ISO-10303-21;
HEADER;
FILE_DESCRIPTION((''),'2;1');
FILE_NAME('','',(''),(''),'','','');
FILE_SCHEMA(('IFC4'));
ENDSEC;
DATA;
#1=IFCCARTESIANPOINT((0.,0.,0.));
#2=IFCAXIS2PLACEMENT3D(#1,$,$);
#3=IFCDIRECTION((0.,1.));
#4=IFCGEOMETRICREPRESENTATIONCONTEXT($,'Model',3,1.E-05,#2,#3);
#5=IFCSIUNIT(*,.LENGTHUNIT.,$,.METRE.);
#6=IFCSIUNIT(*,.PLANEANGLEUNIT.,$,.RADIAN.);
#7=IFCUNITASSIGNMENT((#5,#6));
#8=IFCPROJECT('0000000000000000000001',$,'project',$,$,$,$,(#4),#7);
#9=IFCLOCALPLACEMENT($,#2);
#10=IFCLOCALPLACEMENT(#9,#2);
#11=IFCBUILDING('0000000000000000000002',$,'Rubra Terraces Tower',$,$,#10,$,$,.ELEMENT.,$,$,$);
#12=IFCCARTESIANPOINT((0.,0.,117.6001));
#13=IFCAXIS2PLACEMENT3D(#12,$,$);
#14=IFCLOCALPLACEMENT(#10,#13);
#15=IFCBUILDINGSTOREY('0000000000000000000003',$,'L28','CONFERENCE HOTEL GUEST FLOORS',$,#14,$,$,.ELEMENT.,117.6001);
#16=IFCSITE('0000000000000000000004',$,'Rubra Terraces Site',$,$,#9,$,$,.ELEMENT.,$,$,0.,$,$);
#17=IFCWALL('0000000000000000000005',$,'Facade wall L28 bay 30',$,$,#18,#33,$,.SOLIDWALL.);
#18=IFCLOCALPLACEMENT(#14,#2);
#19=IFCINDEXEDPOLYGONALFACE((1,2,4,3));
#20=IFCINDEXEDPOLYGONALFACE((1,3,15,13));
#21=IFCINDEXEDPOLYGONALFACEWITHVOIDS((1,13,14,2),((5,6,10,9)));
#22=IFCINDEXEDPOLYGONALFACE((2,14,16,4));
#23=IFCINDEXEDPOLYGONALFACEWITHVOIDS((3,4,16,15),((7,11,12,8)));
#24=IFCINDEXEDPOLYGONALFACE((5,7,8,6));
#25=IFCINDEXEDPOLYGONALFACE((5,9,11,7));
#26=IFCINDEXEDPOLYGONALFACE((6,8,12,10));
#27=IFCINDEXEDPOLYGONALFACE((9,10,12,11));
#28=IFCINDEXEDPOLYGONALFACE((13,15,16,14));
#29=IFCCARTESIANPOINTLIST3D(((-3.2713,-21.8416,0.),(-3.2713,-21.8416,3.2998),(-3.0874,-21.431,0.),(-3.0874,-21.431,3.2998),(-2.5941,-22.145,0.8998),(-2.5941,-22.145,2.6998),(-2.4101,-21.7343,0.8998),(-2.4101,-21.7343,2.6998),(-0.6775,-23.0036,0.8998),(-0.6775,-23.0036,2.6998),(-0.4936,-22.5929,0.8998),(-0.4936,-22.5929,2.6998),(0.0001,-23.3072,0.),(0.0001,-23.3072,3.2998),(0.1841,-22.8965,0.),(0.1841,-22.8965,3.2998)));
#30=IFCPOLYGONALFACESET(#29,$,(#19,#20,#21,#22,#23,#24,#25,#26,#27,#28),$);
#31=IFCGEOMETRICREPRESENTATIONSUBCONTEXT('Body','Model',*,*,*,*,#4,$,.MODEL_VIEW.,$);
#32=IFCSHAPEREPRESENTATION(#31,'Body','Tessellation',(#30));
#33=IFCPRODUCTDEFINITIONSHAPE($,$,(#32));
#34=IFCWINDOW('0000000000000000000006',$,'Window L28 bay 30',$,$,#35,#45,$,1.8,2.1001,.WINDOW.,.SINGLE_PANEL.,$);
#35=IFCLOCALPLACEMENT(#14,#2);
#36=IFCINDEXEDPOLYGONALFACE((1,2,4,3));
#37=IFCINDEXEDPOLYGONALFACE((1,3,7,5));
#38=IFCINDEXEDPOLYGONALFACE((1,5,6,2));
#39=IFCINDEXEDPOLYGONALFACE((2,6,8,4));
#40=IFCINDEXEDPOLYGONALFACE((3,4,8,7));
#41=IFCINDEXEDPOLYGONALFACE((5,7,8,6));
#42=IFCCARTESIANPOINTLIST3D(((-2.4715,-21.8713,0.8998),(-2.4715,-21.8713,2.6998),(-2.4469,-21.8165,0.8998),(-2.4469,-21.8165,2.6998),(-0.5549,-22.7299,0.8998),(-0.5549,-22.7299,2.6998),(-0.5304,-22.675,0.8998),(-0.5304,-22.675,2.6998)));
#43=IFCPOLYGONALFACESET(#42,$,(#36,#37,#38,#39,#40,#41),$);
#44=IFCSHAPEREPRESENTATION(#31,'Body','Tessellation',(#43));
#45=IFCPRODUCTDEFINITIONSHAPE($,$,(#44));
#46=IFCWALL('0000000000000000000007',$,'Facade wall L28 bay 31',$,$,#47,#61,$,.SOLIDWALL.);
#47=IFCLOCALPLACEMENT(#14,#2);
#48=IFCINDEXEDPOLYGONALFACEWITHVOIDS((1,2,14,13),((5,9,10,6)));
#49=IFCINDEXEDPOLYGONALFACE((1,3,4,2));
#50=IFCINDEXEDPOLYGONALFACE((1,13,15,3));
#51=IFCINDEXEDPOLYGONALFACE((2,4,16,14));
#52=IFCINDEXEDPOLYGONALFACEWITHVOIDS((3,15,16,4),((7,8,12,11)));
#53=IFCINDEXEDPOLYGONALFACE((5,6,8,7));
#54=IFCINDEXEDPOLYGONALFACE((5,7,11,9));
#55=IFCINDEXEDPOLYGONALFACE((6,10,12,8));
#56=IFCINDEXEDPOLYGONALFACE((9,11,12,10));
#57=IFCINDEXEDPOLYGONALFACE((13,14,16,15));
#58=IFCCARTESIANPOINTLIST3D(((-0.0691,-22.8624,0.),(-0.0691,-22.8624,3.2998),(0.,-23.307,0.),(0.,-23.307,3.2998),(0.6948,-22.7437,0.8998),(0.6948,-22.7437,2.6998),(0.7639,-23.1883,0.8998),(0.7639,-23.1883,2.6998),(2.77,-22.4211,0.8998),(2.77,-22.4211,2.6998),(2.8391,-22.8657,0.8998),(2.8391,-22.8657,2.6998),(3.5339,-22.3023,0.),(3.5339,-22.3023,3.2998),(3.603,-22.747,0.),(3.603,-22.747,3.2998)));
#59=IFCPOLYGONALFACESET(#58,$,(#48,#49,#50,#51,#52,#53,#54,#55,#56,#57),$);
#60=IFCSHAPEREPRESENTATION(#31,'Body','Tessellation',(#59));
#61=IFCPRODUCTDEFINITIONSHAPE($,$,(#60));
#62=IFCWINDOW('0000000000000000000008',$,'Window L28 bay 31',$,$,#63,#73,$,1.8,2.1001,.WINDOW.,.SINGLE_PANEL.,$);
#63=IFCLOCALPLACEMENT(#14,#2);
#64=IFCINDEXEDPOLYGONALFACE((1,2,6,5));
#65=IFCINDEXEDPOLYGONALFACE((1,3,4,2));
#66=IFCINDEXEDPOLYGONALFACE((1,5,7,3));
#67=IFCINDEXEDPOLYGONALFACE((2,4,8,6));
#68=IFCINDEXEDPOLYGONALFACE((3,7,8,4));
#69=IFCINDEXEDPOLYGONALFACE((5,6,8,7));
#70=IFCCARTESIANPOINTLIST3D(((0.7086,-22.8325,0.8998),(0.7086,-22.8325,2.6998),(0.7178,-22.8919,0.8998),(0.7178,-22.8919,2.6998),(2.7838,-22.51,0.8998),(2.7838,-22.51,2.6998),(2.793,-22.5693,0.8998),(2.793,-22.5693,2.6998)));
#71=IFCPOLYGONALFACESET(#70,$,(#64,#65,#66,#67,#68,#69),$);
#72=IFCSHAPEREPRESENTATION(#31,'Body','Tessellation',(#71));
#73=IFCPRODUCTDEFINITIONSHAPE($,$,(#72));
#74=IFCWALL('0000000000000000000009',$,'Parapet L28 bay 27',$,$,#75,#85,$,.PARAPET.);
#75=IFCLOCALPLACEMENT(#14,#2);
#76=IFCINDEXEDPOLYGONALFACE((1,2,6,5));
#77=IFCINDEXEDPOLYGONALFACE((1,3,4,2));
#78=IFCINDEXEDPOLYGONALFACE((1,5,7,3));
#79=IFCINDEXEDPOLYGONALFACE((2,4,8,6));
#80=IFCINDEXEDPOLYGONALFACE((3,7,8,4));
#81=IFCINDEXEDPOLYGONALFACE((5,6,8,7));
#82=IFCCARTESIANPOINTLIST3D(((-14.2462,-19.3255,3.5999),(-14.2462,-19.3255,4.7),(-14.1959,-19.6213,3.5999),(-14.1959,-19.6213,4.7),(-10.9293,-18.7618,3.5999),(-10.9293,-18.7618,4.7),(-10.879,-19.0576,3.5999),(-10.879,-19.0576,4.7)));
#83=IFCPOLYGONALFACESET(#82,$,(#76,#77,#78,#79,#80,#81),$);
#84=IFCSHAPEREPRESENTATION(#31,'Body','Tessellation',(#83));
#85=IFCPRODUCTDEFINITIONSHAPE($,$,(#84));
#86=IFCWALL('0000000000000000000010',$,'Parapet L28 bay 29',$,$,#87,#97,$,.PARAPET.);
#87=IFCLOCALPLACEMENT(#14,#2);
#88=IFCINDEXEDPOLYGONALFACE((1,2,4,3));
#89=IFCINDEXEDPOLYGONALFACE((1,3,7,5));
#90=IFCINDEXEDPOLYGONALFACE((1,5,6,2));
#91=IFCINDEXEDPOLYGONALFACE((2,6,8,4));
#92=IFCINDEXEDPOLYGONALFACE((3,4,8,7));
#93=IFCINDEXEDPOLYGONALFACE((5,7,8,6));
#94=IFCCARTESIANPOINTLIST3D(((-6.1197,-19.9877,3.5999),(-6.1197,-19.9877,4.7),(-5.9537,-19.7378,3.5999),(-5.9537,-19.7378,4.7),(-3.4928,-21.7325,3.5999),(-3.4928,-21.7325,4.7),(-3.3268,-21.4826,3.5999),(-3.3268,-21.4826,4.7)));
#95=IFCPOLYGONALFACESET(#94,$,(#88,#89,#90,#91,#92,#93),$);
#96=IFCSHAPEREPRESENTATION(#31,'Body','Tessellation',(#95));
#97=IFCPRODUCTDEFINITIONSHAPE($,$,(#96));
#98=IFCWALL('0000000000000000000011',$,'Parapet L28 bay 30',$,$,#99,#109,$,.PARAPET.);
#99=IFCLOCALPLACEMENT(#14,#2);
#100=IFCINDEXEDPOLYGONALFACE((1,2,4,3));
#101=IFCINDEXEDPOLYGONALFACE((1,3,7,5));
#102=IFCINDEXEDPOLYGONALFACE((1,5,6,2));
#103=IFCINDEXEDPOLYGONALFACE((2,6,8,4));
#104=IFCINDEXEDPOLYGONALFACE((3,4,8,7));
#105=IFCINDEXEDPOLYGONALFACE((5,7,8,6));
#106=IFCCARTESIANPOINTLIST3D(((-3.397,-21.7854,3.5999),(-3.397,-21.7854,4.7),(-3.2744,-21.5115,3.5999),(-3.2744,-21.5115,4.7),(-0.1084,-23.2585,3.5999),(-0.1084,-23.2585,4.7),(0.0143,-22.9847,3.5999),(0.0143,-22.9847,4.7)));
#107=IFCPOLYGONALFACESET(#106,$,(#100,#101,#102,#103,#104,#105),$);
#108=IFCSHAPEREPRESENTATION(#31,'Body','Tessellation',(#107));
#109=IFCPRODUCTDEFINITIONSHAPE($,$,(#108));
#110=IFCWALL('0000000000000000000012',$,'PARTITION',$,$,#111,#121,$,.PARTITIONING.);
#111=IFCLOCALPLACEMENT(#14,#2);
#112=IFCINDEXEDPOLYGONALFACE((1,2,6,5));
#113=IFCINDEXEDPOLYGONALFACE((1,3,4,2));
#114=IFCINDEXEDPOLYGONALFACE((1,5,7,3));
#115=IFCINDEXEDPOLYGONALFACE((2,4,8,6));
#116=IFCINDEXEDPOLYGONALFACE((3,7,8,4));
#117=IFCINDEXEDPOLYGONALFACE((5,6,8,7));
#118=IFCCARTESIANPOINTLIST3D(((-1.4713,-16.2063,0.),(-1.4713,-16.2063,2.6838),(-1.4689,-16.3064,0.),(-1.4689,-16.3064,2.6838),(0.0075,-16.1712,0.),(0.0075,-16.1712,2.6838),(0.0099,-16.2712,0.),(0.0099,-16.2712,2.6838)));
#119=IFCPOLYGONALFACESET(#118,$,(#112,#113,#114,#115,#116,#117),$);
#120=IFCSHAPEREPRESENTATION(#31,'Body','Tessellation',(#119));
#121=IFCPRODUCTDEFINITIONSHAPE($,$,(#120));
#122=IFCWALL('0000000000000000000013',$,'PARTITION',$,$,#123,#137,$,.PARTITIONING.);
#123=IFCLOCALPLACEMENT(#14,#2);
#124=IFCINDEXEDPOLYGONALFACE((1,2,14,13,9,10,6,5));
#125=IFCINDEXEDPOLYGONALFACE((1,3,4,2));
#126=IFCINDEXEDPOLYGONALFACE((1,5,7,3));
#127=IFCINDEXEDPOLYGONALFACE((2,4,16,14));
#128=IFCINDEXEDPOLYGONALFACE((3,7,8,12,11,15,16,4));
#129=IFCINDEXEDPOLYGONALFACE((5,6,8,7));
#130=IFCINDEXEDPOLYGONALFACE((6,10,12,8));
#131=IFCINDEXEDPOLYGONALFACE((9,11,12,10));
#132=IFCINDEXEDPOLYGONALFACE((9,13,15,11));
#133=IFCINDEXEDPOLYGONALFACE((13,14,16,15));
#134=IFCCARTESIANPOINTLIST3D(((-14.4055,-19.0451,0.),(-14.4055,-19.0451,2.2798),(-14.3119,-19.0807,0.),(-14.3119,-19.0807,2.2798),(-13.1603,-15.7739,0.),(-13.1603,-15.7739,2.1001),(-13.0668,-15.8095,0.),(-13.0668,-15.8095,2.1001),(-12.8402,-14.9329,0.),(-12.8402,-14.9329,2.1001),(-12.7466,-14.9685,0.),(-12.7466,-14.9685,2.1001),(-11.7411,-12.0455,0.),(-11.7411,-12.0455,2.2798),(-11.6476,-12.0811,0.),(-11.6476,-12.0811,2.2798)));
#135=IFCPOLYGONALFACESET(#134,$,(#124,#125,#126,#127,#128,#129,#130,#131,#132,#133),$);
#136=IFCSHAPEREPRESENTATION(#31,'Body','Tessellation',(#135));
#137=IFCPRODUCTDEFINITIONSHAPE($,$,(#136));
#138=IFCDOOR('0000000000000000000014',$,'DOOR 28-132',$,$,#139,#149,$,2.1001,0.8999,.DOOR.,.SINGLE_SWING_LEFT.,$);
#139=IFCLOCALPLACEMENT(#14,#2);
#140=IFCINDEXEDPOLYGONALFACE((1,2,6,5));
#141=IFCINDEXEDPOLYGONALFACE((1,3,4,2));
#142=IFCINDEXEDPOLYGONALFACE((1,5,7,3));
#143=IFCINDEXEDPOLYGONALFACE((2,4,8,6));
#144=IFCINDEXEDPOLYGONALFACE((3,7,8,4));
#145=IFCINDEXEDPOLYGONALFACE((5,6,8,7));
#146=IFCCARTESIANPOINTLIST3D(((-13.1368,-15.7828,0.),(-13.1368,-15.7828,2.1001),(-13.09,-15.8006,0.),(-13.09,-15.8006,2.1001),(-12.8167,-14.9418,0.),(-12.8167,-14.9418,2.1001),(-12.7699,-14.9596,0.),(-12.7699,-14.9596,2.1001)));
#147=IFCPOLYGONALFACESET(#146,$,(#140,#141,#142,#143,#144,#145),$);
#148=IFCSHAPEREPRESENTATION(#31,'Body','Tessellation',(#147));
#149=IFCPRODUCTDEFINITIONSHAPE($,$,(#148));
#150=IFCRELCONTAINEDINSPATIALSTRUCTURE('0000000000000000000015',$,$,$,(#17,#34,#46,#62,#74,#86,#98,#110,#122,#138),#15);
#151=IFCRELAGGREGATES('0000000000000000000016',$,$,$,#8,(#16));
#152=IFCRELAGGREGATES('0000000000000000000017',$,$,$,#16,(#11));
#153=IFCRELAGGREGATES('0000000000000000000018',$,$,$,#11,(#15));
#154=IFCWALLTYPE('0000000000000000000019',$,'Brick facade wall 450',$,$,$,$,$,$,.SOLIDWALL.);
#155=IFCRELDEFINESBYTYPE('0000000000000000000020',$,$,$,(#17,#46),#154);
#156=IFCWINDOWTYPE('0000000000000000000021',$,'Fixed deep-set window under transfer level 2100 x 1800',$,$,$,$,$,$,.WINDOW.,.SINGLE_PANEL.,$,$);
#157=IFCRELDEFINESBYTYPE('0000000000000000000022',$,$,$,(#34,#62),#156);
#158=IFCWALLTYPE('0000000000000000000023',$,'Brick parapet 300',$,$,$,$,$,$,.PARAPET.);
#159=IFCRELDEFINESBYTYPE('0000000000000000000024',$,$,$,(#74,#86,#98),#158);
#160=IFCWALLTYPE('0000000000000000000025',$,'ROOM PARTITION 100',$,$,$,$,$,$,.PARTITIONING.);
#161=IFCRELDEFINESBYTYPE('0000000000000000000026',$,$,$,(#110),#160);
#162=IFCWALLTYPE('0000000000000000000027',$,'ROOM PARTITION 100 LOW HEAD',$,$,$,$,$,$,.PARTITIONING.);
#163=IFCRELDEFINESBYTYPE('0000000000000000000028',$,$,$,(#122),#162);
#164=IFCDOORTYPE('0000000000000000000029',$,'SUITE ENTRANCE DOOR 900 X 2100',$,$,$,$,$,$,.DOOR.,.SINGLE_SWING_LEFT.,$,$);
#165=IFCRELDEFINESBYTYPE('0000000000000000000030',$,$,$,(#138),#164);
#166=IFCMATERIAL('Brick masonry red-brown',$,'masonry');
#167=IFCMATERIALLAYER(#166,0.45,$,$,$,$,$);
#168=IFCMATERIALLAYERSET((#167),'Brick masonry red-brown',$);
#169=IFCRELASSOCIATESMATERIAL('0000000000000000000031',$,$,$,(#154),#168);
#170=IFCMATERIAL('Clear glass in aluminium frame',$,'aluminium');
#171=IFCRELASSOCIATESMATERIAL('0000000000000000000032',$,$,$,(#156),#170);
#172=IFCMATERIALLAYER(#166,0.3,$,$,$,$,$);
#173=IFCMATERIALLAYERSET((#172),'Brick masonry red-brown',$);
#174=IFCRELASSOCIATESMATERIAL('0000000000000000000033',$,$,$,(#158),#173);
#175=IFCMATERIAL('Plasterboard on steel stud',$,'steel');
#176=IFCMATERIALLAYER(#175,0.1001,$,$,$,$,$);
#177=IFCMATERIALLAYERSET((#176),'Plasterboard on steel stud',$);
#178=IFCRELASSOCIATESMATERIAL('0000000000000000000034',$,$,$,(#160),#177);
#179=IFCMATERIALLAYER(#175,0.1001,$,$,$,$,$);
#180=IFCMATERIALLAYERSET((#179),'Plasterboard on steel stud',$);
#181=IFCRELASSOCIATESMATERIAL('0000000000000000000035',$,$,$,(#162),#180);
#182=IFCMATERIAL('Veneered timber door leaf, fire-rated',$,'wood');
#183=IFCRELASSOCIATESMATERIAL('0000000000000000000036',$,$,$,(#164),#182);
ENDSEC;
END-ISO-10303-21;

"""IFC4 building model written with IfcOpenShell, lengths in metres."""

from ifc_helpers import new_model, si_unit, direction, frame, frame_2d, origin, place, context, subcontext, project, spatial, rectangle, extrude, material, layer, layer_set, type_object, element, fill, save


model = new_model("IFC4")

# Units and contexts
model_context = context("Model", 3, precision=1e-05, world=origin(), true_north=direction((0.0, 1.0)))
body_context = subcontext(model_context, "Body", "Model", "MODEL_VIEW")
ifc_project = project(units=[si_unit("LENGTHUNIT", "METRE"), si_unit("PLANEANGLEUNIT", "RADIAN")], contexts=[model_context])

# Site, building, storey
site_placement = place(None, origin())
site = spatial("IfcSite", under=ifc_project, at=site_placement, Name="Rubra Terraces Site", CompositionType="ELEMENT", RefElevation=0.0)
building_placement = place(site_placement, origin())
building = spatial("IfcBuilding", under=site, at=building_placement, Name="Rubra Terraces Tower", CompositionType="ELEMENT")
storey_placement = place(building_placement, frame((0.0, 0.0, 117.6001)))
storey = spatial("IfcBuildingStorey", under=building, at=storey_placement, Name="L28", Description="CONFERENCE HOTEL GUEST FLOORS", CompositionType="ELEMENT", Elevation=117.6001)

# Walls, openings, windows
ifc_material_1 = material(Name="Brick masonry red-brown", Category="masonry")
ifc_layer_1 = layer(ifc_material_1, 0.45)
ifc_layer_set_1 = layer_set([ifc_layer_1], Name="Brick masonry red-brown")
wall_type_1 = type_object("IfcWallType", Name="Brick facade wall 450", PredefinedType="SOLIDWALL", material=ifc_layer_set_1)
ifc_material_2 = material(Name="Clear glass in aluminium frame", Category="aluminium")
window_type = type_object("IfcWindowType", Name="Fixed deep-set window under transfer level 2100 x 1800", PartitioningType="SINGLE_PANEL", PredefinedType="WINDOW", material=ifc_material_2)
wall_1_placement = place(storey_placement, frame((-3.1794, -21.6362, 0.0), z_axis=(0.0, 0.0, 1.0), x_axis=(0.912608, -0.408835, 0.0)))
wall_1 = element("IfcWall", 1, at=wall_1_placement, inside=storey, type_object=wall_type_1, Name="Facade wall L28 bay 30", PredefinedType="SOLIDWALL", context=body_context, shape_type="SweptSolid", body=[
    extrude(rectangle(XDim=3.5847, YDim=0.45, at=frame_2d((1.7925, 0.0))), origin(), (0.0, 0.0, 1.0), 3.2998),
])
opening_1_placement = place(wall_1_placement, frame((0.7422, 0.0, 0.8999)))
opening_1 = element("IfcOpeningElement", 2, at=opening_1_placement, cuts=wall_1, PredefinedType="OPENING", context=body_context, shape_type="SweptSolid", body=[
    extrude(rectangle(XDim=2.1001, YDim=1.8, at=frame_2d((1.05, 0.8999))), frame((0.0, 0.2349, 0.0), z_axis=(0.0, -1.0, 0.0), x_axis=(1.0, 0.0, 0.0)), (0.0, 0.0, 1.0), 0.47),
])
window_1_placement = place(opening_1_placement, origin())
window_1 = element("IfcWindow", 3, at=window_1_placement, inside=storey, type_object=window_type, Name="Window L28 bay 30", OverallHeight=1.8, OverallWidth=2.1001, PartitioningType="SINGLE_PANEL", PredefinedType="WINDOW", context=body_context, shape_type="SweptSolid", body=[
    extrude(rectangle(XDim=2.1001, YDim=1.8, at=frame_2d((1.05, 0.8999))), frame((0.0, 0.135, 0.0), z_axis=(0.0, -1.0, 0.0), x_axis=(1.0, 0.0, 0.0)), (0.0, 0.0, 1.0), 0.0601),
])
fill(opening_1, window_1)
wall_2_placement = place(storey_placement, frame((-0.0347, -23.0847, 0.0), z_axis=(0.0, 0.0, 1.0), x_axis=(0.988134, 0.153597, 0.0)))
wall_2 = element("IfcWall", 4, at=wall_2_placement, inside=storey, type_object=wall_type_1, Name="Facade wall L28 bay 31", PredefinedType="SOLIDWALL", context=body_context, shape_type="SweptSolid", body=[
    extrude(rectangle(XDim=3.6462, YDim=0.45, at=frame_2d((1.8232, 0.0))), origin(), (0.0, 0.0, 1.0), 3.2998),
])
opening_2_placement = place(wall_2_placement, frame((0.7732, 0.0, 0.8999)))
opening_2 = element("IfcOpeningElement", 5, at=opening_2_placement, cuts=wall_2, PredefinedType="OPENING", context=body_context, shape_type="SweptSolid", body=[
    extrude(rectangle(XDim=2.1001, YDim=1.8, at=frame_2d((1.05, 0.8999))), frame((0.0, 0.2349, 0.0), z_axis=(0.0, -1.0, 0.0), x_axis=(1.0, 0.0, 0.0)), (0.0, 0.0, 1.0), 0.47),
])
window_2_placement = place(opening_2_placement, origin())
window_2 = element("IfcWindow", 6, at=window_2_placement, inside=storey, type_object=window_type, Name="Window L28 bay 31", OverallHeight=1.8, OverallWidth=2.1001, PartitioningType="SINGLE_PANEL", PredefinedType="WINDOW", context=body_context, shape_type="SweptSolid", body=[
    extrude(rectangle(XDim=2.1001, YDim=1.8, at=frame_2d((1.05, 0.8999))), frame((0.0, 0.135, 0.0), z_axis=(0.0, -1.0, 0.0), x_axis=(1.0, 0.0, 0.0)), (0.0, 0.0, 1.0), 0.0601),
])
fill(opening_2, window_2)

# Walls
ifc_layer_2 = layer(ifc_material_1, 0.3)
ifc_layer_set_2 = layer_set([ifc_layer_2], Name="Brick masonry red-brown")
wall_type_2 = type_object("IfcWallType", Name="Brick parapet 300", PredefinedType="PARAPET", material=ifc_layer_set_2)
wall_3_placement = place(storey_placement, frame((-14.2209, -19.4734, 3.5999), z_axis=(0.0, 0.0, 1.0), x_axis=(0.985863, 0.167552, 0.0)))
element("IfcWall", 7, at=wall_3_placement, inside=storey, type_object=wall_type_2, Name="Parapet L28 bay 27", PredefinedType="PARAPET", context=body_context, shape_type="SweptSolid", body=[
    extrude(rectangle(XDim=3.3645, YDim=0.3, at=frame_2d((1.6821, 0.0))), origin(), (0.0, 0.0, 1.0), 1.1001),
])
wall_4_placement = place(storey_placement, frame((-6.0366, -19.8628, 3.5999), z_axis=(0.0, 0.0, 1.0), x_axis=(0.83299, -0.553288, 0.0)))
element("IfcWall", 8, at=wall_4_placement, inside=storey, type_object=wall_type_2, Name="Parapet L28 bay 29", PredefinedType="PARAPET", context=body_context, shape_type="SweptSolid", body=[
    extrude(rectangle(XDim=3.1536, YDim=0.3, at=frame_2d((1.5767, 0.0))), origin(), (0.0, 0.0, 1.0), 1.1001),
])
wall_5_placement = place(storey_placement, frame((-3.3357, -21.6484, 3.5999), z_axis=(0.0, 0.0, 1.0), x_axis=(0.912617, -0.408815, 0.0)))
element("IfcWall", 9, at=wall_5_placement, inside=storey, type_object=wall_type_2, Name="Parapet L28 bay 30", PredefinedType="PARAPET", context=body_context, shape_type="SweptSolid", body=[
    extrude(rectangle(XDim=3.6035, YDim=0.3, at=frame_2d((1.8018, 0.0))), origin(), (0.0, 0.0, 1.0), 1.1001),
])
ifc_material_3 = material(Name="Plasterboard on steel stud", Category="steel")
ifc_layer_3 = layer(ifc_material_3, 0.1001)
ifc_layer_set_3 = layer_set([ifc_layer_3], Name="Plasterboard on steel stud")
wall_type_3 = type_object("IfcWallType", Name="ROOM PARTITION 100", PredefinedType="PARTITIONING", material=ifc_layer_set_3)
wall_6_placement = place(storey_placement, frame((-1.4702, -16.2563, 0.0), z_axis=(0.0, 0.0, 1.0), x_axis=(0.999718, 0.023767, 0.0)))
element("IfcWall", 10, at=wall_6_placement, inside=storey, type_object=wall_type_3, Name="PARTITION", PredefinedType="PARTITIONING", context=body_context, shape_type="SweptSolid", body=[
    extrude(rectangle(XDim=1.4792, YDim=0.1001, at=frame_2d((0.7397, 0.0))), origin(), (0.0, 0.0, 1.0), 2.6838),
])

# Wall, opening, door
ifc_layer_4 = layer(ifc_material_3, 0.1001)
ifc_layer_set_4 = layer_set([ifc_layer_4], Name="Plasterboard on steel stud")
wall_type_4 = type_object("IfcWallType", Name="ROOM PARTITION 100 LOW HEAD", PredefinedType="PARTITIONING", material=ifc_layer_set_4)
wall_7_placement = place(storey_placement, frame((-14.3586, -19.0627, 0.0), z_axis=(0.0, 0.0, 1.0), x_axis=(0.355742, 0.934584, 0.0)))
wall_7 = element("IfcWall", 11, at=wall_7_placement, inside=storey, type_object=wall_type_4, Name="PARTITION", PredefinedType="PARTITIONING", context=body_context, shape_type="SweptSolid", body=[
    extrude(rectangle(XDim=7.4895, YDim=0.1001, at=frame_2d((3.7446, 0.0))), origin(), (0.0, 0.0, 1.0), 2.2798),
])
opening_3_placement = place(wall_7_placement, frame((3.5, 0.0, 0.0)))
opening_3 = element("IfcOpeningElement", 12, at=opening_3_placement, cuts=wall_7, PredefinedType="OPENING", context=body_context, shape_type="SweptSolid", body=[
    extrude(rectangle(XDim=0.8999, YDim=2.1001, at=frame_2d((0.45, 1.05))), frame((0.0, 0.0601, 0.0), z_axis=(0.0, -1.0, 0.0), x_axis=(1.0, 0.0, 0.0)), (0.0, 0.0, 1.0), 0.1201),
])
ifc_material_4 = material(Name="Veneered timber door leaf, fire-rated", Category="wood")
door_type = type_object("IfcDoorType", Name="SUITE ENTRANCE DOOR 900 X 2100", OperationType="SINGLE_SWING_LEFT", PredefinedType="DOOR", material=ifc_material_4)
door_placement = place(opening_3_placement, origin())
door = element("IfcDoor", 13, at=door_placement, inside=storey, type_object=door_type, Name="DOOR 28-132", OperationType="SINGLE_SWING_LEFT", OverallHeight=2.1001, OverallWidth=0.8999, PredefinedType="DOOR", context=body_context, shape_type="SweptSolid", body=[
    extrude(rectangle(XDim=0.8999, YDim=2.1001, at=frame_2d((0.45, 1.05))), frame((0.0, 0.0249, 0.0), z_axis=(0.0, -1.0, 0.0), x_axis=(1.0, 0.0, 0.0)), (0.0, 0.0, 1.0), 0.05),
])
fill(opening_3, door)

save(model, "model.ifc")
